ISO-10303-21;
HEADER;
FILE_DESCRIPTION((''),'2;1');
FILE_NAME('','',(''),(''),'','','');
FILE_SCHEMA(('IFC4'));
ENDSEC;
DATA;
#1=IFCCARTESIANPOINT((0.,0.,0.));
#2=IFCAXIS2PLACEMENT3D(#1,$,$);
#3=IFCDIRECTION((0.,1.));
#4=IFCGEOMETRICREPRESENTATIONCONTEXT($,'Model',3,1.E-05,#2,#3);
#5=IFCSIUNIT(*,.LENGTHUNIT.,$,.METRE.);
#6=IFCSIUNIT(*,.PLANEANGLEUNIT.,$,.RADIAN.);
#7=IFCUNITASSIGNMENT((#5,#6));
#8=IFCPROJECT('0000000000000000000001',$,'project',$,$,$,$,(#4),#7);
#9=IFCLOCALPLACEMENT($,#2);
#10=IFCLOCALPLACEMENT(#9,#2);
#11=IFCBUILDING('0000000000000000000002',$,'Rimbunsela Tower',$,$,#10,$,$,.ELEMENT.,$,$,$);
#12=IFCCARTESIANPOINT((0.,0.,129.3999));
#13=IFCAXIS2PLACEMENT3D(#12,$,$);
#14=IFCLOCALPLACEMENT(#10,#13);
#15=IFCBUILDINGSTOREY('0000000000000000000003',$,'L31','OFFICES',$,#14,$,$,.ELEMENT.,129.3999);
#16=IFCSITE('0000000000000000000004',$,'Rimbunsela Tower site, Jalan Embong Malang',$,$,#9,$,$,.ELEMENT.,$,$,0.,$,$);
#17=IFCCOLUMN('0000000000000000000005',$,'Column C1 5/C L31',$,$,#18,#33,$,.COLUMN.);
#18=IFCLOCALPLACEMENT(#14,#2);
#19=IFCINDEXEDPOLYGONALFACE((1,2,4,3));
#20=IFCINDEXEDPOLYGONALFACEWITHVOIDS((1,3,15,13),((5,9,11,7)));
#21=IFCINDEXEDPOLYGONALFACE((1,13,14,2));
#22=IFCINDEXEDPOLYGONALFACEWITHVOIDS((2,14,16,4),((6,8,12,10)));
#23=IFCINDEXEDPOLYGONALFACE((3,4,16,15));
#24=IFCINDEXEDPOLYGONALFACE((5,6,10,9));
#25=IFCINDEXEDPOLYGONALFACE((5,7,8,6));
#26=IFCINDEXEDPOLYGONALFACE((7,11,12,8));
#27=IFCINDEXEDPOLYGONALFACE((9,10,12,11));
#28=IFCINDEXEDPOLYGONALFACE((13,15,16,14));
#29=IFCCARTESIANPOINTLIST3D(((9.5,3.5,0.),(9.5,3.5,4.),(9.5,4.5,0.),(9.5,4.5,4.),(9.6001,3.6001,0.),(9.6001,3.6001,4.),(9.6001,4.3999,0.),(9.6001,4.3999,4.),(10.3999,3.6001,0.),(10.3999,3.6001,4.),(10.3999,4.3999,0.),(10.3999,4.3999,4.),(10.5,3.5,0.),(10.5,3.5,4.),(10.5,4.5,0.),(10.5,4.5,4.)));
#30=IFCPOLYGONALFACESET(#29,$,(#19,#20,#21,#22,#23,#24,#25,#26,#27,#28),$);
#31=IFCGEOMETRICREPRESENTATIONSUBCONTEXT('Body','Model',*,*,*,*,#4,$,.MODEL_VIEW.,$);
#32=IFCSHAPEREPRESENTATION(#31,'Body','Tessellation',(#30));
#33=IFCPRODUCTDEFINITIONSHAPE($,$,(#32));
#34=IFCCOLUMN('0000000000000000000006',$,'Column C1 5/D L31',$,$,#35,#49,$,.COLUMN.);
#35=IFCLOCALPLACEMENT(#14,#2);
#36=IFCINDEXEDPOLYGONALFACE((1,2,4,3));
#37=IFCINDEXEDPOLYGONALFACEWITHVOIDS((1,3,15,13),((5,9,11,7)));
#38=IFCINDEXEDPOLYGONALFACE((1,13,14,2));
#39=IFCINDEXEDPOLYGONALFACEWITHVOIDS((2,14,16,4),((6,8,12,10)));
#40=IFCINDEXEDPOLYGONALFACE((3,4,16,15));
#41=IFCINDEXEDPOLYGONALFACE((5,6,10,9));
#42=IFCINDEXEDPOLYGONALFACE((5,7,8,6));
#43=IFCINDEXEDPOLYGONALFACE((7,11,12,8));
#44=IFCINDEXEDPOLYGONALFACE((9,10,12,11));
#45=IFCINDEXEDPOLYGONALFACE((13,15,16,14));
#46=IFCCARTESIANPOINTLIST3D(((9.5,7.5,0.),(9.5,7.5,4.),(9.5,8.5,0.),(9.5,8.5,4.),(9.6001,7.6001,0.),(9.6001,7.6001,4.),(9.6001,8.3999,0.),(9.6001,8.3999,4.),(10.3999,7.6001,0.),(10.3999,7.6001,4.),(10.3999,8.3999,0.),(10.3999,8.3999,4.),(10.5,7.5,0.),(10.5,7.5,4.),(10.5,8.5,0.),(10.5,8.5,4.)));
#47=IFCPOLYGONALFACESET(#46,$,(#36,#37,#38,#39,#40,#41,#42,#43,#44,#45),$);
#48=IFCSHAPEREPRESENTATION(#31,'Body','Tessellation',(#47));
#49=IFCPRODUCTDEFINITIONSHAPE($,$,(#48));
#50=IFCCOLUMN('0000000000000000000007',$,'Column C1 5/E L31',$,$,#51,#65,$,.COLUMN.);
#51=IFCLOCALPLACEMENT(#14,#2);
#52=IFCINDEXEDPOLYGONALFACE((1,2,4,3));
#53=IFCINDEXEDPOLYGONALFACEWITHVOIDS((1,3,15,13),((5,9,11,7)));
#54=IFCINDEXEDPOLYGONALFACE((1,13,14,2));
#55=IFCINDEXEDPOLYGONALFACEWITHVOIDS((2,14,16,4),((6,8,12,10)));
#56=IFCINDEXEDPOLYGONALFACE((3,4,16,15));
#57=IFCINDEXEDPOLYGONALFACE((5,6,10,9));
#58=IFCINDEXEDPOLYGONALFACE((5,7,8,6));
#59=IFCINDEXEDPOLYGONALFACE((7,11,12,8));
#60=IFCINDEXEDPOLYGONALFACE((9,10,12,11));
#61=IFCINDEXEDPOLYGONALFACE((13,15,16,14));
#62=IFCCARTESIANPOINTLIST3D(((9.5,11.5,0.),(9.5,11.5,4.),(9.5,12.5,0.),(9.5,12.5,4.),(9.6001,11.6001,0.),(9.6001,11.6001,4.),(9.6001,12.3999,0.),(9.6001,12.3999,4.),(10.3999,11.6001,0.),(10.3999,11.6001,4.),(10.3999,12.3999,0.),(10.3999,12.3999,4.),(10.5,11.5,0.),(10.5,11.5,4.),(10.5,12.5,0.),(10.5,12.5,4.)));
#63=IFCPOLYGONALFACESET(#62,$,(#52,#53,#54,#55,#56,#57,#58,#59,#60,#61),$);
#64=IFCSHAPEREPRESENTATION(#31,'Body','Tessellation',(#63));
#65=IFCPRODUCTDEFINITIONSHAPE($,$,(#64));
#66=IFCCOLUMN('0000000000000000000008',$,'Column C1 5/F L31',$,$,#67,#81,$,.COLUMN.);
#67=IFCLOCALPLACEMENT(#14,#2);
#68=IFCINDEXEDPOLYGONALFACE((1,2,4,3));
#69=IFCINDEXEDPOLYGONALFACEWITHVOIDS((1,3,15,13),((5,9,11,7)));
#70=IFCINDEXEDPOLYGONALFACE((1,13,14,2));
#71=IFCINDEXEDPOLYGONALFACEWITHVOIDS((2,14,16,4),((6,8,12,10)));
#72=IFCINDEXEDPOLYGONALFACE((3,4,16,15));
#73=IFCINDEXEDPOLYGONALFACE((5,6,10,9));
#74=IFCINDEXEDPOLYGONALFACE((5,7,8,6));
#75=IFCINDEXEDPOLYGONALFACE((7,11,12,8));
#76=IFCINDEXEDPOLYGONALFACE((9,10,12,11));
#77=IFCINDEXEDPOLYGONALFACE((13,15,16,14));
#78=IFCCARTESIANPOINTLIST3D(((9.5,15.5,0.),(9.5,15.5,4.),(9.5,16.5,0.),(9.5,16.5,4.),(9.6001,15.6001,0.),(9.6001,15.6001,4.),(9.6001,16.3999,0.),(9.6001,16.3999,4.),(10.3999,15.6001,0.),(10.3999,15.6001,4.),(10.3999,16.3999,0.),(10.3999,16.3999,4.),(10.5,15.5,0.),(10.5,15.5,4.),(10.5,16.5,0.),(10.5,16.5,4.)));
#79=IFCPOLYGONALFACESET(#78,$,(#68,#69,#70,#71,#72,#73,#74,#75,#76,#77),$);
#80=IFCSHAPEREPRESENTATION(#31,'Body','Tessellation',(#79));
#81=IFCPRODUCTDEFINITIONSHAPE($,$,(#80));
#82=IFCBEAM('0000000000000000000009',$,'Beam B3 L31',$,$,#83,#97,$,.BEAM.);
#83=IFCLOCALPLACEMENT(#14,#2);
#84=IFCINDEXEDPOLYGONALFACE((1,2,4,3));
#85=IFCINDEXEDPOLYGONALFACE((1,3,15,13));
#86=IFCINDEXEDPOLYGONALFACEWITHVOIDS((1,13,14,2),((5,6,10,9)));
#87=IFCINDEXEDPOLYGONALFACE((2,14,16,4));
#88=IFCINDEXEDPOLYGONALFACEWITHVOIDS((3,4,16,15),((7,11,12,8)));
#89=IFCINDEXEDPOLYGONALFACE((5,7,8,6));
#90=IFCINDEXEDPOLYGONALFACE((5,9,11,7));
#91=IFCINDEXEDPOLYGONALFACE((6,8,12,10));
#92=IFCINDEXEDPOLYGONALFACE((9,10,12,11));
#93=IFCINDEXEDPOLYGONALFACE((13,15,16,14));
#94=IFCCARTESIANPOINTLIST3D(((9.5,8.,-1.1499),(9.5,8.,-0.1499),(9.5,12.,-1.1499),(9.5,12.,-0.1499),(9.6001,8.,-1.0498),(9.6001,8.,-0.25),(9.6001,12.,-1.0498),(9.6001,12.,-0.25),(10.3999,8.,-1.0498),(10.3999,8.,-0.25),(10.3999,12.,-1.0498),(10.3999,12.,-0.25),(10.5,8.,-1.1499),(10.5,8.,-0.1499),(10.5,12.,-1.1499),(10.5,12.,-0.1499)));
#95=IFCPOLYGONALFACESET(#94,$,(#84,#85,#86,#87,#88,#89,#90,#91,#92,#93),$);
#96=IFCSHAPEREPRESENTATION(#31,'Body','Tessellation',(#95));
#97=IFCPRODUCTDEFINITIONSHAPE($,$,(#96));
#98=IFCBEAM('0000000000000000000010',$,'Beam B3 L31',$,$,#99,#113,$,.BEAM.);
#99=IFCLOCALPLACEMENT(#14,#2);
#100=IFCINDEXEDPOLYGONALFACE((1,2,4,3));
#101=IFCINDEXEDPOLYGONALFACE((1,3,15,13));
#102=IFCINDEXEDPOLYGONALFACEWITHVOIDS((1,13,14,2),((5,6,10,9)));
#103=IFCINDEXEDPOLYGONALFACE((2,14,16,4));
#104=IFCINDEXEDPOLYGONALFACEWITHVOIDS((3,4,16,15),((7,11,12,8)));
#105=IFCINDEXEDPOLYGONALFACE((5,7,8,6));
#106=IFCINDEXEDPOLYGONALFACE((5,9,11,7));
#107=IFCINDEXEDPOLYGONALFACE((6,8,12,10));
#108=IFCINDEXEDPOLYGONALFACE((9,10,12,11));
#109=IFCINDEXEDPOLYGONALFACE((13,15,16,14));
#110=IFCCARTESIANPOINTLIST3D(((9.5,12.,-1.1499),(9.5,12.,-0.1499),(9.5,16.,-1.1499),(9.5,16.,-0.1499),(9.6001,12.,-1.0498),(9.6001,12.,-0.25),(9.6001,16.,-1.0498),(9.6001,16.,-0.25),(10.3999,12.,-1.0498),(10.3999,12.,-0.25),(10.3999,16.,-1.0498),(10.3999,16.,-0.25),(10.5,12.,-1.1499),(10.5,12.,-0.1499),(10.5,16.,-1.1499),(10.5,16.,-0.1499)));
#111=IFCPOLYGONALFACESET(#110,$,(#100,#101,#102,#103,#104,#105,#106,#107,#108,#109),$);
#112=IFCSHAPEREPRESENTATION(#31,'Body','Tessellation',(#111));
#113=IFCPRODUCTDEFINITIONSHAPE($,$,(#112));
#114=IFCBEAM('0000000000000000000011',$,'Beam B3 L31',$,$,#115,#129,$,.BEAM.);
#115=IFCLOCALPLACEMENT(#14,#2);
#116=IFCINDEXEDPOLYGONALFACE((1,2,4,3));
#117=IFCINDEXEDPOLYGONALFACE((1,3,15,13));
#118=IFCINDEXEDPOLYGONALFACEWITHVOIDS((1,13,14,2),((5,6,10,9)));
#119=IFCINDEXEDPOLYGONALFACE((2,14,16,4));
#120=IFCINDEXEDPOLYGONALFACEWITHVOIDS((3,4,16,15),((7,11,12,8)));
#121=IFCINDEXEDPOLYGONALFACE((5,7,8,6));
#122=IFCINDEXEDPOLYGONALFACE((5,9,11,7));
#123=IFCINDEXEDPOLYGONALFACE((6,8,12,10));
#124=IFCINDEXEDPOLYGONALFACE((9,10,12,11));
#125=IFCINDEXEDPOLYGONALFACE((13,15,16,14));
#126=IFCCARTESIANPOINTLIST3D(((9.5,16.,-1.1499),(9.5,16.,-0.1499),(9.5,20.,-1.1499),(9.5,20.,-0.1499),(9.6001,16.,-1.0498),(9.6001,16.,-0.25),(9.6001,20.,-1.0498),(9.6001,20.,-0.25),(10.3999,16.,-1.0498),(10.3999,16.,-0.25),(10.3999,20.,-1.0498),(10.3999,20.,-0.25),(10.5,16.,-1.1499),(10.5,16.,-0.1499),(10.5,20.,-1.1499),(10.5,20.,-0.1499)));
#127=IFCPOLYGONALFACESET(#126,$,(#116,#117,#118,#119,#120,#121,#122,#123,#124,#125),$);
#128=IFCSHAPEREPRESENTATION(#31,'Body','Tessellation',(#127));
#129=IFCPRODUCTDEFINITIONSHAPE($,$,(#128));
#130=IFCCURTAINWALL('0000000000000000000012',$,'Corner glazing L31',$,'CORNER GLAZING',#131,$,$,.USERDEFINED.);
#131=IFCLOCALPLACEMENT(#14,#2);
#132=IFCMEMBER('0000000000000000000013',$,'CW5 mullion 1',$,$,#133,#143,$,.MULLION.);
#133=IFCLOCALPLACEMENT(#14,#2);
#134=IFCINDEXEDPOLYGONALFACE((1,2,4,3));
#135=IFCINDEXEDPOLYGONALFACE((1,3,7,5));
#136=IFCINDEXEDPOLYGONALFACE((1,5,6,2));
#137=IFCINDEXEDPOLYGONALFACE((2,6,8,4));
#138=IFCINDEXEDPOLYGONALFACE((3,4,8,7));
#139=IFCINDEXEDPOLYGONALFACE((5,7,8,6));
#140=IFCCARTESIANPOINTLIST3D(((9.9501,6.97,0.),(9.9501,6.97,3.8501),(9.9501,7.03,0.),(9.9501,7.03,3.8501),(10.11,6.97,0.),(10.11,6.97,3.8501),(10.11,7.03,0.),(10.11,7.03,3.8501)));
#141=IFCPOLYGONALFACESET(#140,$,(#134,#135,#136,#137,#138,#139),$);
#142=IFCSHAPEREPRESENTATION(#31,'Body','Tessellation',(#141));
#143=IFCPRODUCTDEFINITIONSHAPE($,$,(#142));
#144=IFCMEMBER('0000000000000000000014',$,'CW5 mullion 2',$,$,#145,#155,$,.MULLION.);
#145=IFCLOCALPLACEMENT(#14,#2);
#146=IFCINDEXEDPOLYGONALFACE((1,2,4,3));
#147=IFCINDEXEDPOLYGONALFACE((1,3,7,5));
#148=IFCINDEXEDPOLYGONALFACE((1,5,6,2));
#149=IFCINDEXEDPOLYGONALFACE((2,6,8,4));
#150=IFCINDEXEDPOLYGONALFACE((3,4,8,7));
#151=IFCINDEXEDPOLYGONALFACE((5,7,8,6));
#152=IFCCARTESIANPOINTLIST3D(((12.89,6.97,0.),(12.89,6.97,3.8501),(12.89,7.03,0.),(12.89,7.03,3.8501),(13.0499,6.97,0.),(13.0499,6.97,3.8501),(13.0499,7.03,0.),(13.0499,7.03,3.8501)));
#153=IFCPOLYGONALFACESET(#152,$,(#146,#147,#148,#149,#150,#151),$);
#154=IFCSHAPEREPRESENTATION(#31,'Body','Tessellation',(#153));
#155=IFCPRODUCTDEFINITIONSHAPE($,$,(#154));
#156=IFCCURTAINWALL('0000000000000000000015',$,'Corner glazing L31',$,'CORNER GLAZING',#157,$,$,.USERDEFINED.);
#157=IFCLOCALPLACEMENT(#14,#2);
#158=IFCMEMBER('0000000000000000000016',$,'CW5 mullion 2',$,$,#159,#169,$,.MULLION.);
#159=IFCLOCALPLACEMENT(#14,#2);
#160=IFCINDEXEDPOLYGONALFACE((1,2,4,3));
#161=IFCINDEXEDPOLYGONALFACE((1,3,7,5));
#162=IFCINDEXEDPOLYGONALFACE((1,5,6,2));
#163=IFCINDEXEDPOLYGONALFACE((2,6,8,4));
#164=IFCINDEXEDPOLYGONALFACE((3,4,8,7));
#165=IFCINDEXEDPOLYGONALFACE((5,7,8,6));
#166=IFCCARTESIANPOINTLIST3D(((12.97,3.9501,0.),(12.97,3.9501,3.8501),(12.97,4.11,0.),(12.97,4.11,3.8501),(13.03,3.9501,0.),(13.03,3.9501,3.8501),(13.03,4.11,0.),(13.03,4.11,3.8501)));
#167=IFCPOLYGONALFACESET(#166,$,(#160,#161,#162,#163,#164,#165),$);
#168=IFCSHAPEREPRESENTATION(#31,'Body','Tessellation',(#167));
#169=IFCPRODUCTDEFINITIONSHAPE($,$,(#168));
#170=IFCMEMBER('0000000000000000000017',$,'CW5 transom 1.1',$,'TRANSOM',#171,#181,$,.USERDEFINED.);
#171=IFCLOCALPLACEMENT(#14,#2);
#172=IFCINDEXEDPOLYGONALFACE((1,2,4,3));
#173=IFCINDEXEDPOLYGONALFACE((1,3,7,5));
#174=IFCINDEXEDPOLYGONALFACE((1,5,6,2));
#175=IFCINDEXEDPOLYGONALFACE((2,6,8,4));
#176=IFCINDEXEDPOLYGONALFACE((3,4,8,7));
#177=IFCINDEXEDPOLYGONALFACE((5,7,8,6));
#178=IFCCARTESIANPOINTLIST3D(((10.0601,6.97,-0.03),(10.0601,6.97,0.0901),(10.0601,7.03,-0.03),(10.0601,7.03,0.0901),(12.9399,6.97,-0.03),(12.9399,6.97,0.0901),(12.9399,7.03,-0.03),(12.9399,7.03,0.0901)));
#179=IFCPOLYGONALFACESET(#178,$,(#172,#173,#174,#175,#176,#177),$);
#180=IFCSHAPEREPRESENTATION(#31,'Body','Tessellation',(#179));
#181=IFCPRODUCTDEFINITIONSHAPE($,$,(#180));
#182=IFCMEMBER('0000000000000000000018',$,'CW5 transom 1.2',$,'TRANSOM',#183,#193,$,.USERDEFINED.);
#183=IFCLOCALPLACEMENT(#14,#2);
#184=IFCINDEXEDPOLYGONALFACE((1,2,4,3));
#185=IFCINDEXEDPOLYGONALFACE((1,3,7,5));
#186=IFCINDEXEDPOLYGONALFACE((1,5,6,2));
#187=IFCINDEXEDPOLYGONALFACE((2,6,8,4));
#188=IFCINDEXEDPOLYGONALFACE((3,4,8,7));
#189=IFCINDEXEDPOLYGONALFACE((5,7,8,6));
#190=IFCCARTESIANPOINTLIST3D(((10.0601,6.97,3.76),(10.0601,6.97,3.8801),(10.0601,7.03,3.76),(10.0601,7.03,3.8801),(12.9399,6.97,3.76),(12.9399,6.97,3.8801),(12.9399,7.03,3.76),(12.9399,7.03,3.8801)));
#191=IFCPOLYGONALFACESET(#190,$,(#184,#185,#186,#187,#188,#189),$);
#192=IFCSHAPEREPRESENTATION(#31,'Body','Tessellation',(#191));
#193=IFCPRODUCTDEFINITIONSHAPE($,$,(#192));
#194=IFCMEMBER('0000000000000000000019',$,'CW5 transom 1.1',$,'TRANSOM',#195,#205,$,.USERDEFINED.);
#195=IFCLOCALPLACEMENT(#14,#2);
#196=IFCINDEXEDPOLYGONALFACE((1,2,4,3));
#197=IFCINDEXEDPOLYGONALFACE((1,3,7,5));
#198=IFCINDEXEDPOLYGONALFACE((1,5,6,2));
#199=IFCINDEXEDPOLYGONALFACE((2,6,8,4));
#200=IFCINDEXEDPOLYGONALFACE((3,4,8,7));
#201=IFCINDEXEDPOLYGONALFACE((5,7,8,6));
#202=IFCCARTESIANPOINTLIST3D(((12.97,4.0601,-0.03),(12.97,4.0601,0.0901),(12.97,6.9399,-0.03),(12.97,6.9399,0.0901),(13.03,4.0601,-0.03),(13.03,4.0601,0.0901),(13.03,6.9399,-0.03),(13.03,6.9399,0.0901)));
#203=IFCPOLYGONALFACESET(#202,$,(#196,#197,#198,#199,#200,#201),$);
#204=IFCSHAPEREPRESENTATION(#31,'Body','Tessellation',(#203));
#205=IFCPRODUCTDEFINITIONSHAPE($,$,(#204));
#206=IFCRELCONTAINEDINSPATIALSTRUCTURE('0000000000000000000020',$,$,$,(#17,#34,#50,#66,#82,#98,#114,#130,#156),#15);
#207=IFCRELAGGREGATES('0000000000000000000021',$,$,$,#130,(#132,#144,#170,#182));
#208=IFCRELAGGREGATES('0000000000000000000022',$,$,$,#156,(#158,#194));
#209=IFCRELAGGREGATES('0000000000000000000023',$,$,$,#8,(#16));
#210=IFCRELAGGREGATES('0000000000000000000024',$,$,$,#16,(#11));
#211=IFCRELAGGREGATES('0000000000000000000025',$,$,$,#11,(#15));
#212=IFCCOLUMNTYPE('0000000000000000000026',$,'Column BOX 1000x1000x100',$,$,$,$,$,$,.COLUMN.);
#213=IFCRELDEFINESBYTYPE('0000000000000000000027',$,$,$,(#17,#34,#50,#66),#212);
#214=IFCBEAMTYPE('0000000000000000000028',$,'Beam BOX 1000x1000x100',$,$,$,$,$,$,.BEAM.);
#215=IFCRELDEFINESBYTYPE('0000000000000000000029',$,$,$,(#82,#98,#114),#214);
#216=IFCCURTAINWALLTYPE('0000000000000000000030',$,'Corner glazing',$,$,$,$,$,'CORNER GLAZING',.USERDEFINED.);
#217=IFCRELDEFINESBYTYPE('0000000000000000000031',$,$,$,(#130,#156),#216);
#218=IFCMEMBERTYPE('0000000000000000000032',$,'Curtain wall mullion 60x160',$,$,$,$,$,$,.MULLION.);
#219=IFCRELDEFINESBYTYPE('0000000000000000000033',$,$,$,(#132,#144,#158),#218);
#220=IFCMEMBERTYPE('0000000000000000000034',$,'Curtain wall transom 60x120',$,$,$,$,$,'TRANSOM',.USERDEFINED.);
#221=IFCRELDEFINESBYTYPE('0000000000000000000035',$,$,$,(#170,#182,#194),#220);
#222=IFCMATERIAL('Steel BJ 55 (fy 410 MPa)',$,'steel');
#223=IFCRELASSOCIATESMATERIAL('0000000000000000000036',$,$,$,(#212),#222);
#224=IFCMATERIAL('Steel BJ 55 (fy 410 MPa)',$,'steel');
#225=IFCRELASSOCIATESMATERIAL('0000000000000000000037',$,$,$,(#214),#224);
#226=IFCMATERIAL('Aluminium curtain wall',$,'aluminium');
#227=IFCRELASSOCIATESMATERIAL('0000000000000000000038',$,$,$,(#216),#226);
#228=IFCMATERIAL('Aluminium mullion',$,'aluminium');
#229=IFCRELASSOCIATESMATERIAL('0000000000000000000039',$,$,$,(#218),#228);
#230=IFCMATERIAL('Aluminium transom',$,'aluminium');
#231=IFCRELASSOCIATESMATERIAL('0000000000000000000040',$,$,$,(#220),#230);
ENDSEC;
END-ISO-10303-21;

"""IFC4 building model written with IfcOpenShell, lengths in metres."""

from ifc_helpers import new_model, si_unit, direction, frame, origin, origin_2d, place, context, subcontext, project, spatial, rectangle, hollow_rectangle, extrude, material, material_profile, profile_set, type_object, element, aggregate, save


model = new_model("IFC4")

# Units and contexts
model_context = context("Model", 3, precision=1e-05, world=origin(), true_north=direction((0.0, 1.0)))
body_context = subcontext(model_context, "Body", "Model", "MODEL_VIEW")
ifc_project = project(units=[si_unit("LENGTHUNIT", "METRE"), si_unit("PLANEANGLEUNIT", "RADIAN")], contexts=[model_context])

# Site, building, storey
site_placement = place(None, origin())
site = spatial("IfcSite", under=ifc_project, at=site_placement, Name="Rimbunsela Tower site, Jalan Embong Malang", CompositionType="ELEMENT", RefElevation=0.0)
building_placement = place(site_placement, origin())
building = spatial("IfcBuilding", under=site, at=building_placement, Name="Rimbunsela Tower", CompositionType="ELEMENT")
storey_placement = place(building_placement, frame((0.0, 0.0, 129.3999)))
storey = spatial("IfcBuildingStorey", under=building, at=storey_placement, Name="L31", Description="OFFICES", CompositionType="ELEMENT", Elevation=129.3999)

# Columns
ifc_material_1 = material(Name="Steel BJ 55 (fy 410 MPa)", Category="steel")
ifc_material_profile_1 = material_profile(ifc_material_1, hollow_rectangle(XDim=1.0, YDim=1.0, WallThickness=0.1001, at=origin_2d()), Name="BOX 1000x1000x100")
ifc_profile_set_1 = profile_set([ifc_material_profile_1], Name="Steel BJ 55 (fy 410 MPa)")
column_type = type_object("IfcColumnType", Name="Column BOX 1000x1000x100", PredefinedType="COLUMN", material=ifc_profile_set_1)
for number, where, z_axis, x_axis, name in (
    (1, (10.0, 4.0, 0.0), (0.0, 0.0, 1.0), (1.0, 0.0, 0.0), "Column C1 5/C L31"),
    (2, (10.0, 8.0, 0.0), (0.0, 0.0, 1.0), (1.0, 0.0, 0.0), "Column C1 5/D L31"),
    (3, (10.0, 12.0, 0.0), (0.0, 0.0, 1.0), (1.0, 0.0, 0.0), "Column C1 5/E L31"),
    (4, (10.0, 16.0, 0.0), (0.0, 0.0, 1.0), (1.0, 0.0, 0.0), "Column C1 5/F L31"),
):
    element("IfcColumn", number, at=place(storey_placement, frame(where, z_axis=z_axis, x_axis=x_axis)), inside=storey, type_object=column_type, Name=name, PredefinedType="COLUMN", context=body_context, shape_type="SweptSolid", body=[
        extrude(hollow_rectangle(XDim=1.0, YDim=1.0, WallThickness=0.1001, at=origin_2d()), origin(), (0.0, 0.0, 1.0), 4.0),
    ])

# Beams
ifc_material_2 = material(Name="Steel BJ 55 (fy 410 MPa)", Category="steel")
ifc_material_profile_2 = material_profile(ifc_material_2, hollow_rectangle(XDim=1.0, YDim=1.0, WallThickness=0.1001, at=origin_2d()), Name="BOX 1000x1000x100")
ifc_profile_set_2 = profile_set([ifc_material_profile_2], Name="Steel BJ 55 (fy 410 MPa)")
beam_type = type_object("IfcBeamType", Name="Beam BOX 1000x1000x100", PredefinedType="BEAM", material=ifc_profile_set_2)
for number, where, z_axis, x_axis, name in (
    (5, (10.0, 8.0, -0.6499), (0.0, 1.0, 0.0), (-1.0, 0.0, 0.0), "Beam B3 L31"),
    (6, (10.0, 12.0, -0.6499), (0.0, 1.0, 0.0), (-1.0, 0.0, 0.0), "Beam B3 L31"),
    (7, (10.0, 16.0, -0.6499), (0.0, 1.0, 0.0), (-1.0, 0.0, 0.0), "Beam B3 L31"),
):
    element("IfcBeam", number, at=place(storey_placement, frame(where, z_axis=z_axis, x_axis=x_axis)), inside=storey, type_object=beam_type, Name=name, PredefinedType="BEAM", context=body_context, shape_type="SweptSolid", body=[
        extrude(hollow_rectangle(XDim=1.0, YDim=1.0, WallThickness=0.1001, at=origin_2d()), origin(), (0.0, 0.0, 1.0), 4.0),
    ])

# Curtain wall, members
ifc_material_3 = material(Name="Aluminium curtain wall", Category="aluminium")
curtain_wall_type = type_object("IfcCurtainWallType", Name="Corner glazing", ElementType="CORNER GLAZING", PredefinedType="USERDEFINED", material=ifc_material_3)
curtain_wall_1_placement = place(storey_placement, origin())
curtain_wall_1 = element("IfcCurtainWall", 8, at=curtain_wall_1_placement, inside=storey, type_object=curtain_wall_type, Name="Corner glazing L31", ObjectType="CORNER GLAZING", PredefinedType="USERDEFINED")
ifc_material_4 = material(Name="Aluminium mullion", Category="aluminium")
ifc_material_profile_3 = material_profile(ifc_material_4, rectangle(XDim=0.0601, YDim=0.1599, at=origin_2d()), Name="Mullion 60x160")
ifc_profile_set_3 = profile_set([ifc_material_profile_3], Name="Aluminium mullion")
member_type_1 = type_object("IfcMemberType", Name="Curtain wall mullion 60x160", PredefinedType="MULLION", material=ifc_profile_set_3)
member_1_placement = place(storey_placement, frame((10.03, 7.0, 0.0), z_axis=(0.0, 0.0, 1.0), x_axis=(0.0, 1.0, 0.0)))
member_1 = element("IfcMember", 9, at=member_1_placement, type_object=member_type_1, Name="CW5 mullion 1", PredefinedType="MULLION", context=body_context, shape_type="SweptSolid", body=[
    extrude(rectangle(XDim=0.0601, YDim=0.1599, at=origin_2d()), origin(), (0.0, 0.0, 1.0), 3.8501),
])
member_2_placement = place(storey_placement, frame((12.97, 7.0, 0.0), z_axis=(0.0, 0.0, 1.0), x_axis=(0.0, 1.0, 0.0)))
member_2 = element("IfcMember", 10, at=member_2_placement, type_object=member_type_1, Name="CW5 mullion 2", PredefinedType="MULLION", context=body_context, shape_type="SweptSolid", body=[
    extrude(rectangle(XDim=0.0601, YDim=0.1599, at=origin_2d()), origin(), (0.0, 0.0, 1.0), 3.8501),
])

# Curtain wall, member
curtain_wall_2_placement = place(storey_placement, origin())
curtain_wall_2 = element("IfcCurtainWall", 11, at=curtain_wall_2_placement, inside=storey, type_object=curtain_wall_type, Name="Corner glazing L31", ObjectType="CORNER GLAZING", PredefinedType="USERDEFINED")
member_3_placement = place(storey_placement, frame((13.0, 4.03, 0.0), z_axis=(0.0, 0.0, 1.0), x_axis=(1.0, 0.0, 0.0)))
member_3 = element("IfcMember", 12, at=member_3_placement, type_object=member_type_1, Name="CW5 mullion 2", PredefinedType="MULLION", context=body_context, shape_type="SweptSolid", body=[
    extrude(rectangle(XDim=0.0601, YDim=0.1599, at=origin_2d()), origin(), (0.0, 0.0, 1.0), 3.8501),
])

# Members
ifc_material_5 = material(Name="Aluminium transom", Category="aluminium")
ifc_material_profile_4 = material_profile(ifc_material_5, rectangle(XDim=0.0601, YDim=0.1201, at=origin_2d()), Name="Transom 60x120")
ifc_profile_set_4 = profile_set([ifc_material_profile_4], Name="Aluminium transom")
member_type_2 = type_object("IfcMemberType", Name="Curtain wall transom 60x120", ElementType="TRANSOM", PredefinedType="USERDEFINED", material=ifc_profile_set_4)
member_4_placement = place(storey_placement, frame((10.0601, 7.0, 0.03), z_axis=(1.0, 0.0, 0.0), x_axis=(0.0, 1.0, 0.0)))
member_4 = element("IfcMember", 13, at=member_4_placement, type_object=member_type_2, Name="CW5 transom 1.1", ObjectType="TRANSOM", PredefinedType="USERDEFINED", context=body_context, shape_type="SweptSolid", body=[
    extrude(rectangle(XDim=0.0601, YDim=0.1201, at=origin_2d()), origin(), (0.0, 0.0, 1.0), 2.8799),
])
member_5_placement = place(storey_placement, frame((10.0601, 7.0, 3.8201), z_axis=(1.0, 0.0, 0.0), x_axis=(0.0, 1.0, 0.0)))
member_5 = element("IfcMember", 14, at=member_5_placement, type_object=member_type_2, Name="CW5 transom 1.2", ObjectType="TRANSOM", PredefinedType="USERDEFINED", context=body_context, shape_type="SweptSolid", body=[
    extrude(rectangle(XDim=0.0601, YDim=0.1201, at=origin_2d()), origin(), (0.0, 0.0, 1.0), 2.8799),
])
member_6_placement = place(storey_placement, frame((13.0, 6.9399, 0.03), z_axis=(0.0, -1.0, 0.0), x_axis=(1.0, 0.0, 0.0)))
member_6 = element("IfcMember", 15, at=member_6_placement, type_object=member_type_2, Name="CW5 transom 1.1", ObjectType="TRANSOM", PredefinedType="USERDEFINED", context=body_context, shape_type="SweptSolid", body=[
    extrude(rectangle(XDim=0.0601, YDim=0.1201, at=origin_2d()), origin(), (0.0, 0.0, 1.0), 2.8799),
])

aggregate(curtain_wall_1, [member_1, member_2, member_4, member_5])
aggregate(curtain_wall_2, [member_3, member_6])

save(model, "model.ifc")
